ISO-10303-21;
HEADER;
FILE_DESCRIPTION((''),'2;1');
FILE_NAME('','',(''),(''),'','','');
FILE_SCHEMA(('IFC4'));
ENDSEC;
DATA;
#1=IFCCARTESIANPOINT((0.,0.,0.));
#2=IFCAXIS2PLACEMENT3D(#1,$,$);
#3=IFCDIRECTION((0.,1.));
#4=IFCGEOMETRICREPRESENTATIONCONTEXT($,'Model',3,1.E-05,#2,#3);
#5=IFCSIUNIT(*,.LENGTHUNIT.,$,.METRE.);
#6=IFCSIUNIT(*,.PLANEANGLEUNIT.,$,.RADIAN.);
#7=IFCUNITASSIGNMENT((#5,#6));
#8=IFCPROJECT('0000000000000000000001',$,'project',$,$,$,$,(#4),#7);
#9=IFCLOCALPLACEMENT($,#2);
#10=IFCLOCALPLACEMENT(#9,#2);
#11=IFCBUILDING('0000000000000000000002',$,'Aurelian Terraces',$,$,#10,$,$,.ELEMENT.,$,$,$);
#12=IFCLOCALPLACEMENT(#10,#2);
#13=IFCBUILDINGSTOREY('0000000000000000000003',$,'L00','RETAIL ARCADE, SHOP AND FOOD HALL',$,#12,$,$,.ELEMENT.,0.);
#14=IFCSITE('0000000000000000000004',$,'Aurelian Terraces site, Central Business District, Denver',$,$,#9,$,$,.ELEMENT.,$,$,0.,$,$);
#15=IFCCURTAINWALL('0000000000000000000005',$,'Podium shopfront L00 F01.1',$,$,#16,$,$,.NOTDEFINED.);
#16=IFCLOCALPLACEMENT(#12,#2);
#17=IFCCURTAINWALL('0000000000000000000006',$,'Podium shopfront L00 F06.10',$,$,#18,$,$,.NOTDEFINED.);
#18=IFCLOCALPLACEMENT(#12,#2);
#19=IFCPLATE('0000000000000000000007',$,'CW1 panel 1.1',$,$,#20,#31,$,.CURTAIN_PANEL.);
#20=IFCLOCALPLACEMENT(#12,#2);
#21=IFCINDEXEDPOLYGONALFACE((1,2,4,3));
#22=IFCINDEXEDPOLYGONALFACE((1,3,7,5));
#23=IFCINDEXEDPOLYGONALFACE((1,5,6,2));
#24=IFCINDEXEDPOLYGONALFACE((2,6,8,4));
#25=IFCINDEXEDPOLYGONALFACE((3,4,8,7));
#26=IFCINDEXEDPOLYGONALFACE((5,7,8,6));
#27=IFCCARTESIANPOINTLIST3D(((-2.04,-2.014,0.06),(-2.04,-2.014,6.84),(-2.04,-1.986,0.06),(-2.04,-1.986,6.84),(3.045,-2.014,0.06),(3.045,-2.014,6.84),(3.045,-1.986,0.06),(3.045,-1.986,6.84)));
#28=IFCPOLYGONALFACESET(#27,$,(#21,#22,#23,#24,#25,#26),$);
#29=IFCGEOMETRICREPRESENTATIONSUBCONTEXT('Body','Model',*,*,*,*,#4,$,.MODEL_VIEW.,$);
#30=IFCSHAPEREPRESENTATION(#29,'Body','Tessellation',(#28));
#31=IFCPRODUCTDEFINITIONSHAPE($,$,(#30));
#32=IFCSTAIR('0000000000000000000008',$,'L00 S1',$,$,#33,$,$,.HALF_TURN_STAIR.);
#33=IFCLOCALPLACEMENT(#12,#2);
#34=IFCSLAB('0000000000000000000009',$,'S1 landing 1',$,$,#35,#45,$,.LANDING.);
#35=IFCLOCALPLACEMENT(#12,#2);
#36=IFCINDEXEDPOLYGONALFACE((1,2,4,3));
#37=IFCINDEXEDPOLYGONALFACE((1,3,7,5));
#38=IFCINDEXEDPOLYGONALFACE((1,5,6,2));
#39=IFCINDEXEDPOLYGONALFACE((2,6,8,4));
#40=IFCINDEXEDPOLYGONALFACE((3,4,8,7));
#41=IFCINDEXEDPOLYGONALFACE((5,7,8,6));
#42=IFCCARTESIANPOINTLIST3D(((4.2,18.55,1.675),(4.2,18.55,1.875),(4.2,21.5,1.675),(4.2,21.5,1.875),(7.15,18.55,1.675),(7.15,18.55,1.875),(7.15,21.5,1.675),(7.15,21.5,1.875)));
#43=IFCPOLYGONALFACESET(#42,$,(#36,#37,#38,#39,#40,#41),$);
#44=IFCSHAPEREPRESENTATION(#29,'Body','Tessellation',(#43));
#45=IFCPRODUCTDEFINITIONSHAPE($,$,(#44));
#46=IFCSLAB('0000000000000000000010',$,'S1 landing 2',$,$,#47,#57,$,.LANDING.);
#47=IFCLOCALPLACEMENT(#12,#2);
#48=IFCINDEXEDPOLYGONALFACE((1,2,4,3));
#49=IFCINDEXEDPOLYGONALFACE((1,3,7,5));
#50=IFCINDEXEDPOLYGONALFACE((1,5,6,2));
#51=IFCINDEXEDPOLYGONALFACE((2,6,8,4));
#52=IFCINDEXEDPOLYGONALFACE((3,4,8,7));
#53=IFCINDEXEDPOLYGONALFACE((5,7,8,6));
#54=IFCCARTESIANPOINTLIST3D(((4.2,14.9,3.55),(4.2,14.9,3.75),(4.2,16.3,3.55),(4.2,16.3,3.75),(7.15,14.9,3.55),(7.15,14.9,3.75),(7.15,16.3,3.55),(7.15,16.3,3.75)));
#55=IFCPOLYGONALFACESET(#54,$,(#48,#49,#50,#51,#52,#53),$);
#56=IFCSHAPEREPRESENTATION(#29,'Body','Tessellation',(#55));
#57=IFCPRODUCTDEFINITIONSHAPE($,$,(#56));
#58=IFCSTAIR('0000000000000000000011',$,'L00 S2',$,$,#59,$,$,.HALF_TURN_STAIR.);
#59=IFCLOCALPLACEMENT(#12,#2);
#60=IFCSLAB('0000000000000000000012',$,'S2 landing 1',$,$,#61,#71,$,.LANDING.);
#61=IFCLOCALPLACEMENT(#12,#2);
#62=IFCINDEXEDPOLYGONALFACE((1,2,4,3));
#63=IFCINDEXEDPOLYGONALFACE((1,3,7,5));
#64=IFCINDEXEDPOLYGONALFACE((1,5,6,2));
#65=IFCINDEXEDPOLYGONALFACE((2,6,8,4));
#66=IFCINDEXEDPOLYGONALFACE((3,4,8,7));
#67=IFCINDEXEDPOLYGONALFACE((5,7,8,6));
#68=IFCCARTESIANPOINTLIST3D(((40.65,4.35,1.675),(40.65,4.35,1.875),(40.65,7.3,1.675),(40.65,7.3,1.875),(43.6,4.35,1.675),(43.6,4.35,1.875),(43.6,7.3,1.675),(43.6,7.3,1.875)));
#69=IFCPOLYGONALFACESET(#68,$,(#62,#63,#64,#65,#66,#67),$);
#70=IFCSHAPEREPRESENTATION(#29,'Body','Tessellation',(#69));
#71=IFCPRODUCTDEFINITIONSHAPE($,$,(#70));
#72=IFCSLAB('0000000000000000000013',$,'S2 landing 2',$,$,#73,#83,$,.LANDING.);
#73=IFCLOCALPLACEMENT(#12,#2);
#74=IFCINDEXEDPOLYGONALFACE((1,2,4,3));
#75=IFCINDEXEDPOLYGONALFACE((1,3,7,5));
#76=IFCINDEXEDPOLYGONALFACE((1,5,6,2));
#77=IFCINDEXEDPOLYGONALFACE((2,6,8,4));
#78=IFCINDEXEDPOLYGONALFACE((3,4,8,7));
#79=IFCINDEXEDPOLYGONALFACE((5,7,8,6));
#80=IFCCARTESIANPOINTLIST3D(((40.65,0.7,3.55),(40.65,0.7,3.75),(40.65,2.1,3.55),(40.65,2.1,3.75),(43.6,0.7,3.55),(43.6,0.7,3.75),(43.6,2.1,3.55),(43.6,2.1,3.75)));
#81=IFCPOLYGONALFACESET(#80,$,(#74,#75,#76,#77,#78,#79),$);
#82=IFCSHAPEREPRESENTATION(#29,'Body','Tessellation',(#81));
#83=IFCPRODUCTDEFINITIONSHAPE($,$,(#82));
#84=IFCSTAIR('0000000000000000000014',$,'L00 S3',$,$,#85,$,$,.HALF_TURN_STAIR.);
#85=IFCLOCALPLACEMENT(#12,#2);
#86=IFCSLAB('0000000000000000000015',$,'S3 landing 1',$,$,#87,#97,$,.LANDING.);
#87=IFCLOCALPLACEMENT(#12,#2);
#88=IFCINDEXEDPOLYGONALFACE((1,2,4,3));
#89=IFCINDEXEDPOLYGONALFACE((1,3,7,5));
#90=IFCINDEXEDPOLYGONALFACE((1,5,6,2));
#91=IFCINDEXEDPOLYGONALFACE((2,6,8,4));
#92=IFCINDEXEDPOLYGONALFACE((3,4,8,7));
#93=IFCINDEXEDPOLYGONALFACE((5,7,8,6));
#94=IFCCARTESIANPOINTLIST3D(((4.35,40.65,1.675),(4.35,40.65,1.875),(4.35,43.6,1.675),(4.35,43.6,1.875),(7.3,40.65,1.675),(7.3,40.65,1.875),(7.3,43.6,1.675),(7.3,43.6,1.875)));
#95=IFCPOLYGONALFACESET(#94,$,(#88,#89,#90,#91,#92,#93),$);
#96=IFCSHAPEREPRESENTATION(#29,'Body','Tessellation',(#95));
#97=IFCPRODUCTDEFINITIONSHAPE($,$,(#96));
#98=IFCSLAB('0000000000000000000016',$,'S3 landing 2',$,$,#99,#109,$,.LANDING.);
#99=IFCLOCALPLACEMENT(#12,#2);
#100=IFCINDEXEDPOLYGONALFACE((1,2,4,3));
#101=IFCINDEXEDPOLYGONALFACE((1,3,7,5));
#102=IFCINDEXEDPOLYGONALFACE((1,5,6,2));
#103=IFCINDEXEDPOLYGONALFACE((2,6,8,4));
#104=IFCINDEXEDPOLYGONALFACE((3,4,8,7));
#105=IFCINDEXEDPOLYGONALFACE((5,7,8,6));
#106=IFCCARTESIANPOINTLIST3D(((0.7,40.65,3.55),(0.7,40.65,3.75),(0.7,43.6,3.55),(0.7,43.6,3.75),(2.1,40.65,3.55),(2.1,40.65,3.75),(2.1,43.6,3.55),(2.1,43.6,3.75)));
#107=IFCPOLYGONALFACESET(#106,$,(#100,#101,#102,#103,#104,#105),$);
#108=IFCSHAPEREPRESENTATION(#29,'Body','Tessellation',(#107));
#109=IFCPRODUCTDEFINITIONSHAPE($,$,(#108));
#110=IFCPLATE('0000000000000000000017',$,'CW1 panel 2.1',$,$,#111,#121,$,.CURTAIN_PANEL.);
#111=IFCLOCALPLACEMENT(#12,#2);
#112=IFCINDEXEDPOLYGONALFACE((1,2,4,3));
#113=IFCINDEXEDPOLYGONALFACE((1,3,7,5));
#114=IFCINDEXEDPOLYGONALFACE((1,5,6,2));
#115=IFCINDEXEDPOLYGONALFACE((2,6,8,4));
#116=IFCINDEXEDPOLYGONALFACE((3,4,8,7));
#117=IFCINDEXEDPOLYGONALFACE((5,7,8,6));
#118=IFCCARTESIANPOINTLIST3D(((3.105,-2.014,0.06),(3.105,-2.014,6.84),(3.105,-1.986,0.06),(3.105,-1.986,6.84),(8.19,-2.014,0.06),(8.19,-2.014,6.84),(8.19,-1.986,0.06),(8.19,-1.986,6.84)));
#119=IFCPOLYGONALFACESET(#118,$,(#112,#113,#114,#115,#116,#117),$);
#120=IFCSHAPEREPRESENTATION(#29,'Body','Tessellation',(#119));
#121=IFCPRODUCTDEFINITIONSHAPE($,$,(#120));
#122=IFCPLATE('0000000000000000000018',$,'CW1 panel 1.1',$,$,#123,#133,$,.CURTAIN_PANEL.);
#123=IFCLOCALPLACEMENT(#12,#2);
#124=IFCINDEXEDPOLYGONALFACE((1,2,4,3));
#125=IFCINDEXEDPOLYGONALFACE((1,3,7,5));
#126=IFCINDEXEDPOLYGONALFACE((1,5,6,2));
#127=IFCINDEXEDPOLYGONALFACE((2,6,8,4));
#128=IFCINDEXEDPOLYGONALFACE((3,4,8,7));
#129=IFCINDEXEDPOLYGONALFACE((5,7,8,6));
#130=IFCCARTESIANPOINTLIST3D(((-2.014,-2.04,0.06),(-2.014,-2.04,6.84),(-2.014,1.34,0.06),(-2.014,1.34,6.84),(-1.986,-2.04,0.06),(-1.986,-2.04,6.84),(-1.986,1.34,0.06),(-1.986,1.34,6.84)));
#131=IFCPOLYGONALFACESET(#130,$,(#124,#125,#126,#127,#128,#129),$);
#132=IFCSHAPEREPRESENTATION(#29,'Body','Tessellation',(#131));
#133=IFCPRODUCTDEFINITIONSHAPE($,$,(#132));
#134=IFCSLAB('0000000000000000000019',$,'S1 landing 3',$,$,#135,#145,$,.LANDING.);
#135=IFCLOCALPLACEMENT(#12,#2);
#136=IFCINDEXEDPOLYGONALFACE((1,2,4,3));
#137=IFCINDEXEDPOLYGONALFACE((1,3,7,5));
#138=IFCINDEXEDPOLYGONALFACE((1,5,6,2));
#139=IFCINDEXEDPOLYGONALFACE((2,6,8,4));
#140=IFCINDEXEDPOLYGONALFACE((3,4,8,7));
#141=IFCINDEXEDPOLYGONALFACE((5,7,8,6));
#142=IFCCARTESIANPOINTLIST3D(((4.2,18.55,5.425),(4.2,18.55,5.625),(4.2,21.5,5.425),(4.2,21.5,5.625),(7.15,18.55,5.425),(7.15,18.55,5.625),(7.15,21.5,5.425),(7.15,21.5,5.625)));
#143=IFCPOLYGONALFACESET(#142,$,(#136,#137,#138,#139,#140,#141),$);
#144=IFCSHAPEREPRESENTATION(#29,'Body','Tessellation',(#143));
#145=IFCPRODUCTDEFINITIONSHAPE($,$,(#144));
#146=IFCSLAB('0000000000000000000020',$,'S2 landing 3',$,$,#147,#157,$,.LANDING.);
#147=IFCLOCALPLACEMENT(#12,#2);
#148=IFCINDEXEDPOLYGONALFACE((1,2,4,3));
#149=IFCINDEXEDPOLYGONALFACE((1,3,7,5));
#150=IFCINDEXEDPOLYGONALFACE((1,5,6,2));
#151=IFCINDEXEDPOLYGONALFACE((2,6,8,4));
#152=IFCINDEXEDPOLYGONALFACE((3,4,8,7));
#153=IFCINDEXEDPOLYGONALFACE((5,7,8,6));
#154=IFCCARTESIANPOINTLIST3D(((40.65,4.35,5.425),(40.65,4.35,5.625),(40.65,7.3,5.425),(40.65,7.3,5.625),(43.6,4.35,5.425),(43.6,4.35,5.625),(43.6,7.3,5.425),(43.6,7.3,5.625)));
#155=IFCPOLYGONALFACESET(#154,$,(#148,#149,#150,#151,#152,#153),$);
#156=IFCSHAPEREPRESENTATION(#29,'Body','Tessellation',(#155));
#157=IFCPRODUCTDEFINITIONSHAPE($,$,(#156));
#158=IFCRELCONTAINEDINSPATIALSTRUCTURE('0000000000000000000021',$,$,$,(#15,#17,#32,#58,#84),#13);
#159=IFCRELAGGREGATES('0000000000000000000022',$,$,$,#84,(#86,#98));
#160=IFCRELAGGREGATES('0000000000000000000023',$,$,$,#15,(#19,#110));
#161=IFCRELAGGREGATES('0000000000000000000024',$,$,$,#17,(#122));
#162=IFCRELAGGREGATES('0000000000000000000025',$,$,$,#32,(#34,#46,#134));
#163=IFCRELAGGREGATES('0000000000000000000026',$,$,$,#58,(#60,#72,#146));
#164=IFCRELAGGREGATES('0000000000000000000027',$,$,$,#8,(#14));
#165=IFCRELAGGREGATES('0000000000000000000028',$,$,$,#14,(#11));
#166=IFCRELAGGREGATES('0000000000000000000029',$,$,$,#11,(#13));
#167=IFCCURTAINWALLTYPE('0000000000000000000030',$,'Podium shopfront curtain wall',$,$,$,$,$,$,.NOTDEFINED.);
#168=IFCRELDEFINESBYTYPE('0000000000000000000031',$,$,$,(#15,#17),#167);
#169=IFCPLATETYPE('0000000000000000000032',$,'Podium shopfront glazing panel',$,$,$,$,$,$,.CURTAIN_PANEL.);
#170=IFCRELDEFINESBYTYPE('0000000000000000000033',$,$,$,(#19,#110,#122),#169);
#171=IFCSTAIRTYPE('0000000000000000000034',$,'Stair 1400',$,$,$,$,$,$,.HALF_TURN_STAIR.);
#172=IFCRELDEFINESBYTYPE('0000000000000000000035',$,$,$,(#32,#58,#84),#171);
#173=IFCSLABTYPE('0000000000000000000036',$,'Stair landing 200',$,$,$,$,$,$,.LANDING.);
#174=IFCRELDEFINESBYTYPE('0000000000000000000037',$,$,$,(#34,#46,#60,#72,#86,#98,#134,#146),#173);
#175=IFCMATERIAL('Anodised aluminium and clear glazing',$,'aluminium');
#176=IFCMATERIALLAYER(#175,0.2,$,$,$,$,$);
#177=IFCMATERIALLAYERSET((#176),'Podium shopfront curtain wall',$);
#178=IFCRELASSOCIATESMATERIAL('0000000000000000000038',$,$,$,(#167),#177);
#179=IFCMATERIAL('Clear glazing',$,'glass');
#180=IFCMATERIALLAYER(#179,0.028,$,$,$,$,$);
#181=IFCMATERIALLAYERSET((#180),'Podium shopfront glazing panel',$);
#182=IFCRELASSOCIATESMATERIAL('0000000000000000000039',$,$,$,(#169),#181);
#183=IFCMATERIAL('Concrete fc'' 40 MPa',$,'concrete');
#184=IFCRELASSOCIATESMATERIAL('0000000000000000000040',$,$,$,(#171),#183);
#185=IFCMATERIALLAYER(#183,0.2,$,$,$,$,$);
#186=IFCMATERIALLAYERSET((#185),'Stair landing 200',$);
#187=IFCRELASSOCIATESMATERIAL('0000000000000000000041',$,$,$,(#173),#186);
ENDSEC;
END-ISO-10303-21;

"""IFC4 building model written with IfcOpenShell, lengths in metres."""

from ifc_helpers import new_model, si_unit, direction, frame, origin, origin_2d, place, context, subcontext, project, spatial, polyline, rectangle, outline, extrude, source, transform, mapped, material, layer, layer_set, type_object, element, aggregate, save


model = new_model("IFC4")

# Units and contexts
model_context = context("Model", 3, precision=1e-05, world=origin(), true_north=direction((0.0, 1.0)))
body_context = subcontext(model_context, "Body", "Model", "MODEL_VIEW")
ifc_project = project(units=[si_unit("LENGTHUNIT", "METRE"), si_unit("PLANEANGLEUNIT", "RADIAN")], contexts=[model_context])

# Site, building, storey
site_placement = place(None, origin())
site = spatial("IfcSite", under=ifc_project, at=site_placement, Name="Aurelian Terraces site, Central Business District, Denver", CompositionType="ELEMENT", RefElevation=0.0)
building_placement = place(site_placement, origin())
building = spatial("IfcBuilding", under=site, at=building_placement, Name="Aurelian Terraces", CompositionType="ELEMENT")
storey_placement = place(building_placement, origin())
storey = spatial("IfcBuildingStorey", under=building, at=storey_placement, Name="L00", Description="RETAIL ARCADE, SHOP AND FOOD HALL", CompositionType="ELEMENT", Elevation=0.0)

# Curtain wall
ifc_material_1 = material(Name="Anodised aluminium and clear glazing", Category="aluminium")
ifc_layer_1 = layer(ifc_material_1, 0.2)
ifc_layer_set_1 = layer_set([ifc_layer_1], Name="Podium shopfront curtain wall")
curtain_wall_type = type_object("IfcCurtainWallType", Name="Podium shopfront curtain wall", PredefinedType="NOTDEFINED", material=ifc_layer_set_1)
curtain_wall_1_placement = place(storey_placement, origin())
curtain_wall_1 = element("IfcCurtainWall", 1, at=curtain_wall_1_placement, inside=storey, type_object=curtain_wall_type, Name="Podium shopfront L00 F01.1", PredefinedType="NOTDEFINED")

# Curtain wall
curtain_wall_2_placement = place(storey_placement, origin())
curtain_wall_2 = element("IfcCurtainWall", 2, at=curtain_wall_2_placement, inside=storey, type_object=curtain_wall_type, Name="Podium shopfront L00 F06.10", PredefinedType="NOTDEFINED")

# Shared definitions
ifc_material_2 = material(Name="Concrete fc' 40 MPa", Category="concrete")

# Plate
ifc_material_3 = material(Name="Clear glazing", Category="glass")
ifc_layer_2 = layer(ifc_material_3, 0.028)
ifc_layer_set_2 = layer_set([ifc_layer_2], Name="Podium shopfront glazing panel")
plate_type = type_object("IfcPlateType", Name="Podium shopfront glazing panel", PredefinedType="CURTAIN_PANEL", material=ifc_layer_set_2)
plate_1_placement = place(storey_placement, frame((0.5025, -2.0, 0.06), z_axis=(0.0, 0.0, 1.0), x_axis=(1.0, 0.0, 0.0)))
plate_1 = element("IfcPlate", 3, at=plate_1_placement, type_object=plate_type, Name="CW1 panel 1.1", PredefinedType="CURTAIN_PANEL", context=body_context, shape_type="SweptSolid", body=[
    extrude(rectangle(XDim=5.085, YDim=0.028, at=origin_2d()), origin(), (0.0, 0.0, 1.0), 6.78),
])

# Stairs, slabs
stair_type = type_object("IfcStairType", Name="Stair 1400", PredefinedType="HALF_TURN_STAIR", material=ifc_material_2)
stair_1_placement = place(storey_placement, origin())
stair_1 = element("IfcStair", 4, at=stair_1_placement, inside=storey, type_object=stair_type, Name="L00 S1", PredefinedType="HALF_TURN_STAIR")
ifc_layer_3 = layer(ifc_material_2, 0.2)
ifc_layer_set_3 = layer_set([ifc_layer_3], Name="Stair landing 200")
slab_type_1 = type_object("IfcSlabType", Name="Stair landing 200", PredefinedType="LANDING", material=ifc_layer_set_3)
slab_1_placement = place(storey_placement, frame((0.0, 0.0, 1.675)))
slab_1 = element("IfcSlab", 5, at=slab_1_placement, type_object=slab_type_1, Name="S1 landing 1", PredefinedType="LANDING", context=body_context, shape_type="SweptSolid", body=[
    extrude(outline(polyline([(7.15, 18.55), (7.15, 21.5), (4.2, 21.5), (4.2, 18.55), (7.15, 18.55)])), origin(), (0.0, 0.0, 1.0), 0.2),
])
slab_2_placement = place(storey_placement, frame((0.0, 0.0, 3.55)))
slab_2 = element("IfcSlab", 6, at=slab_2_placement, type_object=slab_type_1, Name="S1 landing 2", PredefinedType="LANDING", context=body_context, shape_type="SweptSolid", body=[
    extrude(outline(polyline([(7.15, 14.9), (7.15, 16.3), (4.2, 16.3), (4.2, 14.9), (7.15, 14.9)])), origin(), (0.0, 0.0, 1.0), 0.2),
])
stair_2_placement = place(storey_placement, origin())
stair_2 = element("IfcStair", 7, at=stair_2_placement, inside=storey, type_object=stair_type, Name="L00 S2", PredefinedType="HALF_TURN_STAIR")
slab_3_placement = place(storey_placement, frame((0.0, 0.0, 1.675)))
slab_3 = element("IfcSlab", 8, at=slab_3_placement, type_object=slab_type_1, Name="S2 landing 1", PredefinedType="LANDING", context=body_context, shape_type="SweptSolid", body=[
    extrude(outline(polyline([(43.6, 4.35), (43.6, 7.3), (40.65, 7.3), (40.65, 4.35), (43.6, 4.35)])), origin(), (0.0, 0.0, 1.0), 0.2),
])
slab_4_placement = place(storey_placement, frame((0.0, 0.0, 3.55)))
slab_4 = element("IfcSlab", 9, at=slab_4_placement, type_object=slab_type_1, Name="S2 landing 2", PredefinedType="LANDING", context=body_context, shape_type="SweptSolid", body=[
    extrude(outline(polyline([(43.6, 0.7), (43.6, 2.1), (40.65, 2.1), (40.65, 0.7), (43.6, 0.7)])), origin(), (0.0, 0.0, 1.0), 0.2),
])
stair_3_placement = place(storey_placement, origin())
stair_3 = element("IfcStair", 10, at=stair_3_placement, inside=storey, type_object=stair_type, Name="L00 S3", PredefinedType="HALF_TURN_STAIR")
slab_5_placement = place(storey_placement, frame((0.0, 0.0, 1.675)))
slab_5 = element("IfcSlab", 11, at=slab_5_placement, type_object=slab_type_1, Name="S3 landing 1", PredefinedType="LANDING", context=body_context, shape_type="SweptSolid", body=[
    extrude(outline(polyline([(4.35, 40.65), (7.3, 40.65), (7.3, 43.6), (4.35, 43.6), (4.35, 40.65)])), origin(), (0.0, 0.0, 1.0), 0.2),
])
slab_6_placement = place(storey_placement, frame((0.0, 0.0, 3.55)))
slab_6 = element("IfcSlab", 12, at=slab_6_placement, type_object=slab_type_1, Name="S3 landing 2", PredefinedType="LANDING", context=body_context, shape_type="SweptSolid", body=[
    extrude(outline(polyline([(0.7, 40.65), (2.1, 40.65), (2.1, 43.6), (0.7, 43.6), (0.7, 40.65)])), origin(), (0.0, 0.0, 1.0), 0.2),
])
aggregate(stair_3, [slab_5, slab_6])

# Plates
shared_shape_1 = source(origin(), body_context, "Body", "SweptSolid", [
    extrude(rectangle(XDim=5.085, YDim=0.028, at=origin_2d()), origin(), (0.0, 0.0, 1.0), 6.78),
])
plate_2_placement = place(storey_placement, frame((5.6475, -2.0, 0.06), z_axis=(0.0, 0.0, 1.0), x_axis=(1.0, 0.0, 0.0)))
plate_2 = element("IfcPlate", 13, at=plate_2_placement, type_object=plate_type, Name="CW1 panel 2.1", PredefinedType="CURTAIN_PANEL", context=body_context, shape_type="MappedRepresentation", body=[
    mapped(shared_shape_1, transform((0.0, 0.0, 0.0), scale=1.0)),
])
aggregate(curtain_wall_1, [plate_1, plate_2])
shared_shape_2 = source(origin(), body_context, "Body", "SweptSolid", [
    extrude(rectangle(XDim=3.38, YDim=0.028, at=origin_2d()), origin(), (0.0, 0.0, 1.0), 6.78),
])
plate_3_placement = place(storey_placement, frame((-2.0, -0.35, 0.06), z_axis=(0.0, 0.0, 1.0), x_axis=(0.0, -1.0, 0.0)))
plate_3 = element("IfcPlate", 14, at=plate_3_placement, type_object=plate_type, Name="CW1 panel 1.1", PredefinedType="CURTAIN_PANEL", context=body_context, shape_type="MappedRepresentation", body=[
    mapped(shared_shape_2, transform((0.0, 0.0, 0.0), scale=1.0)),
])
aggregate(curtain_wall_2, [plate_3])

# Slabs
shared_shape_3 = source(origin(), body_context, "Body", "SweptSolid", [
    extrude(outline(polyline([(7.15, 18.55), (7.15, 21.5), (4.2, 21.5), (4.2, 18.55), (7.15, 18.55)])), origin(), (0.0, 0.0, 1.0), 0.2),
])
slab_7_placement = place(storey_placement, frame((0.0, 0.0, 5.425)))
slab_7 = element("IfcSlab", 15, at=slab_7_placement, type_object=slab_type_1, Name="S1 landing 3", PredefinedType="LANDING", context=body_context, shape_type="MappedRepresentation", body=[
    mapped(shared_shape_3, transform((0.0, 0.0, 0.0), scale=1.0)),
])
aggregate(stair_1, [slab_1, slab_2, slab_7])
shared_shape_4 = source(origin(), body_context, "Body", "SweptSolid", [
    extrude(outline(polyline([(43.6, 4.35), (43.6, 7.3), (40.65, 7.3), (40.65, 4.35), (43.6, 4.35)])), origin(), (0.0, 0.0, 1.0), 0.2),
])
slab_8_placement = place(storey_placement, frame((0.0, 0.0, 5.425)))
slab_8 = element("IfcSlab", 16, at=slab_8_placement, type_object=slab_type_1, Name="S2 landing 3", PredefinedType="LANDING", context=body_context, shape_type="MappedRepresentation", body=[
    mapped(shared_shape_4, transform((0.0, 0.0, 0.0), scale=1.0)),
])
aggregate(stair_2, [slab_3, slab_4, slab_8])

save(model, "model.ifc")
